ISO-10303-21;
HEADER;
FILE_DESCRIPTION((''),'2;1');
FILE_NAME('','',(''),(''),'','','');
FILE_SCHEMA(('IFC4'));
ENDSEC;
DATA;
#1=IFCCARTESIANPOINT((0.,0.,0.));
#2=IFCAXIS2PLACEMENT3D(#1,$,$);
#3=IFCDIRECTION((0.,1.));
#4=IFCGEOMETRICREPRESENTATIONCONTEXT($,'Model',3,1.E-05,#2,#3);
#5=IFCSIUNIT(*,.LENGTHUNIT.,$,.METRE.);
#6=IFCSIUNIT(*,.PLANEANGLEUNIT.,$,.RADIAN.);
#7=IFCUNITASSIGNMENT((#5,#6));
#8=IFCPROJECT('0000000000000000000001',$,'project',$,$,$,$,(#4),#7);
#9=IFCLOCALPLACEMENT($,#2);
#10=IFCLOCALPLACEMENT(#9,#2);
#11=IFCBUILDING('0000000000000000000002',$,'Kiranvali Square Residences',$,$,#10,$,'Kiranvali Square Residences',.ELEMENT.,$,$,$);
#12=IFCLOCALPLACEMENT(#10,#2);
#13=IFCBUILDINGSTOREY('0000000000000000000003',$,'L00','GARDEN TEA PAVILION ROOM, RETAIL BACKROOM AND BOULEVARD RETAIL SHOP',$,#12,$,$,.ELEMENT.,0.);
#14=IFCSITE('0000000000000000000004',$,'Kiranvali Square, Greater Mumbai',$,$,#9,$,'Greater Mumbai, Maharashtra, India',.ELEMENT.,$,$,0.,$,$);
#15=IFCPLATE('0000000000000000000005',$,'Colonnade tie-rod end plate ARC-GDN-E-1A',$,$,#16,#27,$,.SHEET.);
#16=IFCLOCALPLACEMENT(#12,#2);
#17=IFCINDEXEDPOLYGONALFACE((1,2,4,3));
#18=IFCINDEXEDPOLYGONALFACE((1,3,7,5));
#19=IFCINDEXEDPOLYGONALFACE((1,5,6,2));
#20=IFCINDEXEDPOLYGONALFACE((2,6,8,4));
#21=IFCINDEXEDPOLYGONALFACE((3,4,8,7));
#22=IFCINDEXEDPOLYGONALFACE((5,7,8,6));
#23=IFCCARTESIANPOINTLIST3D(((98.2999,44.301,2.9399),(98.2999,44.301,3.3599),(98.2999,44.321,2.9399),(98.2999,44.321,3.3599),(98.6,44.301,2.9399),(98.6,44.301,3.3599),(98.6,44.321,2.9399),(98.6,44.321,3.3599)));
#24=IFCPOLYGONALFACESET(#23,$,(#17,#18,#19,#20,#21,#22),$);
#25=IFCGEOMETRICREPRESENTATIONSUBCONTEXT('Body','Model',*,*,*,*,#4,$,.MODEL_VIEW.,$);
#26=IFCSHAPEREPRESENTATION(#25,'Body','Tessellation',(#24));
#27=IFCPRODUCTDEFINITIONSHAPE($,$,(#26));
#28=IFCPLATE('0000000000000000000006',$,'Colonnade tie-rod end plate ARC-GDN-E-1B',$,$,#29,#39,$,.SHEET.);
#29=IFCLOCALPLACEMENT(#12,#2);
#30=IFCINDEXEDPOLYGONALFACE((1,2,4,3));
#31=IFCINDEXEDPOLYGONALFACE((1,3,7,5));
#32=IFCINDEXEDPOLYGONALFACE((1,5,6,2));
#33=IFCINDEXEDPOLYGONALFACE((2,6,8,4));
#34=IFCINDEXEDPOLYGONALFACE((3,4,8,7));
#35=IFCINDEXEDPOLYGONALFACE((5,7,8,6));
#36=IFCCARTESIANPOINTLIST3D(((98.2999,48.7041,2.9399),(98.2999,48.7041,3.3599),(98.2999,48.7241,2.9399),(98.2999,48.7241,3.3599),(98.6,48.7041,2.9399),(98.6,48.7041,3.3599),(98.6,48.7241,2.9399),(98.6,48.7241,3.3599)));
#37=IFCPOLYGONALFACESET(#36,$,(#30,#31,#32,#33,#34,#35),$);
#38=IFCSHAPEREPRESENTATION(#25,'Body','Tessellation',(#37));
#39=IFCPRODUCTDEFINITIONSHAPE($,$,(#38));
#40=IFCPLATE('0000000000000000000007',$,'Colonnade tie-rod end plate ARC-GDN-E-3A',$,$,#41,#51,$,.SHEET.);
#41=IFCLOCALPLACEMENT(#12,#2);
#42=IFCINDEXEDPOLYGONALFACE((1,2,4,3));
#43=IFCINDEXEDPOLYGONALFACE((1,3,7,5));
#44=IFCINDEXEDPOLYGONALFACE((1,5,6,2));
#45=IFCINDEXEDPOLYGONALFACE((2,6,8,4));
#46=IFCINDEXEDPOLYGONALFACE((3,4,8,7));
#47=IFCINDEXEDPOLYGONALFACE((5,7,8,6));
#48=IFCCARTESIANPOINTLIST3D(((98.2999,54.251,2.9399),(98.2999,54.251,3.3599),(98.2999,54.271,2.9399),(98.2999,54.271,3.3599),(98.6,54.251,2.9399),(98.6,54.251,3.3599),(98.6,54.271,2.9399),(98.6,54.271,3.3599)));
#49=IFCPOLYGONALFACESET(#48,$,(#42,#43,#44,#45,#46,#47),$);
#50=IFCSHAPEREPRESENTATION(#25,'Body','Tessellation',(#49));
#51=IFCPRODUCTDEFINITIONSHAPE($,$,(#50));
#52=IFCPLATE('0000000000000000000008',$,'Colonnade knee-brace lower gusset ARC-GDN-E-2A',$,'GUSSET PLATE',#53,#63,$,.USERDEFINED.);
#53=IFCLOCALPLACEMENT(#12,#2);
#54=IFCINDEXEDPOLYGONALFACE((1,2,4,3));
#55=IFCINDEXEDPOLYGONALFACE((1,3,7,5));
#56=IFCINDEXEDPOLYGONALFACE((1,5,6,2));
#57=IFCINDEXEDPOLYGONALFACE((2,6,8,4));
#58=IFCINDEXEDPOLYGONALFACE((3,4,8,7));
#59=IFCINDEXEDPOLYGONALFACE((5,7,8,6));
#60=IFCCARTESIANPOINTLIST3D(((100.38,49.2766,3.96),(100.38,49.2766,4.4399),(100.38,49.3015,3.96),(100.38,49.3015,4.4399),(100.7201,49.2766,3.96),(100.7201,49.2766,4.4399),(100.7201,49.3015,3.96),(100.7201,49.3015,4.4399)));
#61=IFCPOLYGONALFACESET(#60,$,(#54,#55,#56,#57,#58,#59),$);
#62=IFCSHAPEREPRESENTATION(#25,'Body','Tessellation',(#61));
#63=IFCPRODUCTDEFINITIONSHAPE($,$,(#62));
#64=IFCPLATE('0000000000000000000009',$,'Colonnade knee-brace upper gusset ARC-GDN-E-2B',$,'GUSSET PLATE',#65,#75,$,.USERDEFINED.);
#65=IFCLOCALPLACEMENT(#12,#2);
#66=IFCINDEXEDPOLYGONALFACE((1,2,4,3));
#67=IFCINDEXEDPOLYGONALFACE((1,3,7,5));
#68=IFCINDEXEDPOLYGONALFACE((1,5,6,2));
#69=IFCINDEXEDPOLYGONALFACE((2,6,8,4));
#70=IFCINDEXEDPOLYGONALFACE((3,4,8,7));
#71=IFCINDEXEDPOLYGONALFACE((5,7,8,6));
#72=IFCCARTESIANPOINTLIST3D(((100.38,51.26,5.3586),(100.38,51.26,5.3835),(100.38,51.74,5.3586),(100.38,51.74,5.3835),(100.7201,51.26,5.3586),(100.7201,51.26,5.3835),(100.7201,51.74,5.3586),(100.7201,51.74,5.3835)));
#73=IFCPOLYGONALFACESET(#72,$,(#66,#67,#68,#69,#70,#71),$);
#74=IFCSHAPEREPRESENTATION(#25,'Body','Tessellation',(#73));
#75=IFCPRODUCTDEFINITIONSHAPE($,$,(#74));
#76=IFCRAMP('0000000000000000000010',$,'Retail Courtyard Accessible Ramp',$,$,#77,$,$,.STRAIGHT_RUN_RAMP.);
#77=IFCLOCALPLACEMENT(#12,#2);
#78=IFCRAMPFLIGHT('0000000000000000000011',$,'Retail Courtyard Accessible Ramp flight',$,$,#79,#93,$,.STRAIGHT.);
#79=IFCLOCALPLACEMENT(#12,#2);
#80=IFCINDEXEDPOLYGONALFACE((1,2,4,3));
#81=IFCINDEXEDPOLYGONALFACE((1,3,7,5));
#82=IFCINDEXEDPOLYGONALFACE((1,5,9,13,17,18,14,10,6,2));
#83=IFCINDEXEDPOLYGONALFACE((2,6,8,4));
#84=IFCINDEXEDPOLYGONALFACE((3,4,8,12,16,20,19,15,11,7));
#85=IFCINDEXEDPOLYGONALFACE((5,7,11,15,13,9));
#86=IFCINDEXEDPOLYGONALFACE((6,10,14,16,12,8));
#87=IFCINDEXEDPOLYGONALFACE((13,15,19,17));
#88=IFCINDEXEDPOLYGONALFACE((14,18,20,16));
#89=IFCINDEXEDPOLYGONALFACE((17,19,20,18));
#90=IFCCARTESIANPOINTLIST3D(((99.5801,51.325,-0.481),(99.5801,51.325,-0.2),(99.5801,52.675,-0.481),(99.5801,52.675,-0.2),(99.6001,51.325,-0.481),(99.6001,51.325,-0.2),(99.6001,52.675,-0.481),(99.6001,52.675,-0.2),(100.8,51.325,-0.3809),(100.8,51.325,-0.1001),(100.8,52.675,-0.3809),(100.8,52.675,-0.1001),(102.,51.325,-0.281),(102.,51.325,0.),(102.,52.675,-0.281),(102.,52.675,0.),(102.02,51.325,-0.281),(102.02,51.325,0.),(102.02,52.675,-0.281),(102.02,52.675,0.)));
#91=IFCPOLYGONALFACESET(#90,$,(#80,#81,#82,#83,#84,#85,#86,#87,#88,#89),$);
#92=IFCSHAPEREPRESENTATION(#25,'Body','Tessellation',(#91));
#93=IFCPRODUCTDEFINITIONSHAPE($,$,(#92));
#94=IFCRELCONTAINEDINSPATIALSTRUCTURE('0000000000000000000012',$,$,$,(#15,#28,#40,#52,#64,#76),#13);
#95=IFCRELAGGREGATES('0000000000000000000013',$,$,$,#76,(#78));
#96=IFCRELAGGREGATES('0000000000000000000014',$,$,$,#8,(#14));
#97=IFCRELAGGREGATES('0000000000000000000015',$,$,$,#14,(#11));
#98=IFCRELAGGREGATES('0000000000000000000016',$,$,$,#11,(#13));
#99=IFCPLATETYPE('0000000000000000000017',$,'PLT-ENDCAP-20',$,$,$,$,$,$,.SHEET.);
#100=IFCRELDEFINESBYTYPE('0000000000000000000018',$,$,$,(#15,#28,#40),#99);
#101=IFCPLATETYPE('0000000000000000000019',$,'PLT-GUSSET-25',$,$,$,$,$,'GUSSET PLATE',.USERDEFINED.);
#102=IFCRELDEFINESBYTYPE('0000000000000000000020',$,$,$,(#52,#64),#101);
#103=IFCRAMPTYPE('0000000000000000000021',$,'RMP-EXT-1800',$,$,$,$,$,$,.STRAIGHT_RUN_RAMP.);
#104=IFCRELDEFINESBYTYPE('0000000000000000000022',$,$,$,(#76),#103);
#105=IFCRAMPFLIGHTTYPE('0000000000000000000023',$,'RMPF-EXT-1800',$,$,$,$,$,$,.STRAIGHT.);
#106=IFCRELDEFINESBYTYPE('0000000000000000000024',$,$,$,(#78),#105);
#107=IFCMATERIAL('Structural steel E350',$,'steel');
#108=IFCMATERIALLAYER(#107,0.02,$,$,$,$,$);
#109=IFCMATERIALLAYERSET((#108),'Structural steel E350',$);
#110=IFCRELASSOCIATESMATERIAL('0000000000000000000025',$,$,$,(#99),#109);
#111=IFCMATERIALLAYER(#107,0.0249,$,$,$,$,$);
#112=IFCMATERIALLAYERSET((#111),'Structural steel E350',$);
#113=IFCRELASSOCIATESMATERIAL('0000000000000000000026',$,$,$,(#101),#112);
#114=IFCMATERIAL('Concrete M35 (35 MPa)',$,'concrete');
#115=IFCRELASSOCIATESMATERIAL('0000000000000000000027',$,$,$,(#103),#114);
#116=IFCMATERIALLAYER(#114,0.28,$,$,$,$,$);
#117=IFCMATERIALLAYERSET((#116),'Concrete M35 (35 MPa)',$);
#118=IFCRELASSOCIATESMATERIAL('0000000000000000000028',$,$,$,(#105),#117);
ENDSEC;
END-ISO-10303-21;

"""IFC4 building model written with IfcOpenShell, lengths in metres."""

from ifc_helpers import new_model, si_unit, direction, frame, origin, origin_2d, place, context, subcontext, project, spatial, polyline, rectangle, outline, extrude, material, layer, layer_set, type_object, element, aggregate, save


model = new_model("IFC4")

# Units and contexts
model_context = context("Model", 3, precision=1e-05, world=origin(), true_north=direction((0.0, 1.0)))
body_context = subcontext(model_context, "Body", "Model", "MODEL_VIEW")
ifc_project = project(units=[si_unit("LENGTHUNIT", "METRE"), si_unit("PLANEANGLEUNIT", "RADIAN")], contexts=[model_context])

# Site, building, storey
site_placement = place(None, origin())
site = spatial("IfcSite", under=ifc_project, at=site_placement, Name="Kiranvali Square, Greater Mumbai", LongName="Greater Mumbai, Maharashtra, India", CompositionType="ELEMENT", RefElevation=0.0)
building_placement = place(site_placement, origin())
building = spatial("IfcBuilding", under=site, at=building_placement, Name="Kiranvali Square Residences", LongName="Kiranvali Square Residences", CompositionType="ELEMENT")
storey_placement = place(building_placement, origin())
storey = spatial("IfcBuildingStorey", under=building, at=storey_placement, Name="L00", Description="GARDEN TEA PAVILION ROOM, RETAIL BACKROOM AND BOULEVARD RETAIL SHOP", CompositionType="ELEMENT", Elevation=0.0)

# Shared definitions
ifc_material_1 = material(Name="Structural steel E350", Category="steel")

# Plates
ifc_layer_1 = layer(ifc_material_1, 0.02)
ifc_layer_set_1 = layer_set([ifc_layer_1], Name="Structural steel E350")
plate_type_1 = type_object("IfcPlateType", Name="PLT-ENDCAP-20", PredefinedType="SHEET", material=ifc_layer_set_1)
for number, where, z_axis, x_axis, name in (
    (1, (98.45, 44.311, 2.9399), (0.0, 0.0, 1.0), (1.0, 0.0, 0.0), "Colonnade tie-rod end plate ARC-GDN-E-1A"),
    (2, (98.45, 48.7141, 2.9399), (0.0, 0.0, 1.0), (1.0, 0.0, 0.0), "Colonnade tie-rod end plate ARC-GDN-E-1B"),
    (3, (98.45, 54.261, 2.9399), (0.0, 0.0, 1.0), (1.0, 0.0, 0.0), "Colonnade tie-rod end plate ARC-GDN-E-3A"),
):
    element("IfcPlate", number, at=place(storey_placement, frame(where, z_axis=z_axis, x_axis=x_axis)), inside=storey, type_object=plate_type_1, Name=name, PredefinedType="SHEET", context=body_context, shape_type="SweptSolid", body=[
        extrude(rectangle(XDim=0.3, YDim=0.02, at=origin_2d()), origin(), (0.0, 0.0, 1.0), 0.4199),
    ])
ifc_layer_2 = layer(ifc_material_1, 0.0249)
ifc_layer_set_2 = layer_set([ifc_layer_2], Name="Structural steel E350")
plate_type_2 = type_object("IfcPlateType", Name="PLT-GUSSET-25", ElementType="GUSSET PLATE", PredefinedType="USERDEFINED", material=ifc_layer_set_2)
plate_1_placement = place(storey_placement, frame((100.55, 49.2891, 3.96), z_axis=(0.0, 0.0, 1.0), x_axis=(1.0, 0.0, 0.0)))
element("IfcPlate", 4, at=plate_1_placement, inside=storey, type_object=plate_type_2, Name="Colonnade knee-brace lower gusset ARC-GDN-E-2A", ObjectType="GUSSET PLATE", PredefinedType="USERDEFINED", context=body_context, shape_type="SweptSolid", body=[
    extrude(rectangle(XDim=0.3401, YDim=0.0249, at=origin_2d()), origin(), (0.0, 0.0, 1.0), 0.48),
])
plate_2_placement = place(storey_placement, frame((100.55, 51.5, 5.3586), z_axis=(0.0, 0.0, 1.0), x_axis=(1.0, 0.0, 0.0)))
element("IfcPlate", 5, at=plate_2_placement, inside=storey, type_object=plate_type_2, Name="Colonnade knee-brace upper gusset ARC-GDN-E-2B", ObjectType="GUSSET PLATE", PredefinedType="USERDEFINED", context=body_context, shape_type="SweptSolid", body=[
    extrude(rectangle(XDim=0.3401, YDim=0.48, at=origin_2d()), origin(), (0.0, 0.0, 1.0), 0.0249),
])

# Ramp, ramp flight
ifc_material_2 = material(Name="Concrete M35 (35 MPa)", Category="concrete")
ramp_type = type_object("IfcRampType", Name="RMP-EXT-1800", PredefinedType="STRAIGHT_RUN_RAMP", material=ifc_material_2)
ramp_placement = place(storey_placement, origin())
ramp = element("IfcRamp", 6, at=ramp_placement, inside=storey, type_object=ramp_type, Name="Retail Courtyard Accessible Ramp", PredefinedType="STRAIGHT_RUN_RAMP")
ifc_layer_3 = layer(ifc_material_2, 0.28)
ifc_layer_set_3 = layer_set([ifc_layer_3], Name="Concrete M35 (35 MPa)")
ramp_flight_type = type_object("IfcRampFlightType", Name="RMPF-EXT-1800", PredefinedType="STRAIGHT", material=ifc_layer_set_3)
ramp_flight_placement = place(storey_placement, frame((102.0, 52.0, 0.0), z_axis=(0.0, 0.0, 1.0), x_axis=(-1.0, 0.0, 0.0)))
ramp_flight = element("IfcRampFlight", 7, at=ramp_flight_placement, type_object=ramp_flight_type, Name="Retail Courtyard Accessible Ramp flight", PredefinedType="STRAIGHT", context=body_context, shape_type="SweptSolid", body=[
    extrude(outline(polyline([(-0.02, 0.0), (0.0, 0.0), (1.2, -0.1001), (2.3999, -0.2), (2.4199, -0.2), (2.4199, -0.481), (2.3999, -0.481), (1.2, -0.3809), (0.0, -0.281), (-0.02, -0.281), (-0.02, 0.0)])), frame((0.0, 0.675, 0.0), z_axis=(0.0, -1.0, 0.0), x_axis=(1.0, 0.0, 0.0)), (0.0, 0.0, 1.0), 1.3501),
])
aggregate(ramp, [ramp_flight])

save(model, "model.ifc")
